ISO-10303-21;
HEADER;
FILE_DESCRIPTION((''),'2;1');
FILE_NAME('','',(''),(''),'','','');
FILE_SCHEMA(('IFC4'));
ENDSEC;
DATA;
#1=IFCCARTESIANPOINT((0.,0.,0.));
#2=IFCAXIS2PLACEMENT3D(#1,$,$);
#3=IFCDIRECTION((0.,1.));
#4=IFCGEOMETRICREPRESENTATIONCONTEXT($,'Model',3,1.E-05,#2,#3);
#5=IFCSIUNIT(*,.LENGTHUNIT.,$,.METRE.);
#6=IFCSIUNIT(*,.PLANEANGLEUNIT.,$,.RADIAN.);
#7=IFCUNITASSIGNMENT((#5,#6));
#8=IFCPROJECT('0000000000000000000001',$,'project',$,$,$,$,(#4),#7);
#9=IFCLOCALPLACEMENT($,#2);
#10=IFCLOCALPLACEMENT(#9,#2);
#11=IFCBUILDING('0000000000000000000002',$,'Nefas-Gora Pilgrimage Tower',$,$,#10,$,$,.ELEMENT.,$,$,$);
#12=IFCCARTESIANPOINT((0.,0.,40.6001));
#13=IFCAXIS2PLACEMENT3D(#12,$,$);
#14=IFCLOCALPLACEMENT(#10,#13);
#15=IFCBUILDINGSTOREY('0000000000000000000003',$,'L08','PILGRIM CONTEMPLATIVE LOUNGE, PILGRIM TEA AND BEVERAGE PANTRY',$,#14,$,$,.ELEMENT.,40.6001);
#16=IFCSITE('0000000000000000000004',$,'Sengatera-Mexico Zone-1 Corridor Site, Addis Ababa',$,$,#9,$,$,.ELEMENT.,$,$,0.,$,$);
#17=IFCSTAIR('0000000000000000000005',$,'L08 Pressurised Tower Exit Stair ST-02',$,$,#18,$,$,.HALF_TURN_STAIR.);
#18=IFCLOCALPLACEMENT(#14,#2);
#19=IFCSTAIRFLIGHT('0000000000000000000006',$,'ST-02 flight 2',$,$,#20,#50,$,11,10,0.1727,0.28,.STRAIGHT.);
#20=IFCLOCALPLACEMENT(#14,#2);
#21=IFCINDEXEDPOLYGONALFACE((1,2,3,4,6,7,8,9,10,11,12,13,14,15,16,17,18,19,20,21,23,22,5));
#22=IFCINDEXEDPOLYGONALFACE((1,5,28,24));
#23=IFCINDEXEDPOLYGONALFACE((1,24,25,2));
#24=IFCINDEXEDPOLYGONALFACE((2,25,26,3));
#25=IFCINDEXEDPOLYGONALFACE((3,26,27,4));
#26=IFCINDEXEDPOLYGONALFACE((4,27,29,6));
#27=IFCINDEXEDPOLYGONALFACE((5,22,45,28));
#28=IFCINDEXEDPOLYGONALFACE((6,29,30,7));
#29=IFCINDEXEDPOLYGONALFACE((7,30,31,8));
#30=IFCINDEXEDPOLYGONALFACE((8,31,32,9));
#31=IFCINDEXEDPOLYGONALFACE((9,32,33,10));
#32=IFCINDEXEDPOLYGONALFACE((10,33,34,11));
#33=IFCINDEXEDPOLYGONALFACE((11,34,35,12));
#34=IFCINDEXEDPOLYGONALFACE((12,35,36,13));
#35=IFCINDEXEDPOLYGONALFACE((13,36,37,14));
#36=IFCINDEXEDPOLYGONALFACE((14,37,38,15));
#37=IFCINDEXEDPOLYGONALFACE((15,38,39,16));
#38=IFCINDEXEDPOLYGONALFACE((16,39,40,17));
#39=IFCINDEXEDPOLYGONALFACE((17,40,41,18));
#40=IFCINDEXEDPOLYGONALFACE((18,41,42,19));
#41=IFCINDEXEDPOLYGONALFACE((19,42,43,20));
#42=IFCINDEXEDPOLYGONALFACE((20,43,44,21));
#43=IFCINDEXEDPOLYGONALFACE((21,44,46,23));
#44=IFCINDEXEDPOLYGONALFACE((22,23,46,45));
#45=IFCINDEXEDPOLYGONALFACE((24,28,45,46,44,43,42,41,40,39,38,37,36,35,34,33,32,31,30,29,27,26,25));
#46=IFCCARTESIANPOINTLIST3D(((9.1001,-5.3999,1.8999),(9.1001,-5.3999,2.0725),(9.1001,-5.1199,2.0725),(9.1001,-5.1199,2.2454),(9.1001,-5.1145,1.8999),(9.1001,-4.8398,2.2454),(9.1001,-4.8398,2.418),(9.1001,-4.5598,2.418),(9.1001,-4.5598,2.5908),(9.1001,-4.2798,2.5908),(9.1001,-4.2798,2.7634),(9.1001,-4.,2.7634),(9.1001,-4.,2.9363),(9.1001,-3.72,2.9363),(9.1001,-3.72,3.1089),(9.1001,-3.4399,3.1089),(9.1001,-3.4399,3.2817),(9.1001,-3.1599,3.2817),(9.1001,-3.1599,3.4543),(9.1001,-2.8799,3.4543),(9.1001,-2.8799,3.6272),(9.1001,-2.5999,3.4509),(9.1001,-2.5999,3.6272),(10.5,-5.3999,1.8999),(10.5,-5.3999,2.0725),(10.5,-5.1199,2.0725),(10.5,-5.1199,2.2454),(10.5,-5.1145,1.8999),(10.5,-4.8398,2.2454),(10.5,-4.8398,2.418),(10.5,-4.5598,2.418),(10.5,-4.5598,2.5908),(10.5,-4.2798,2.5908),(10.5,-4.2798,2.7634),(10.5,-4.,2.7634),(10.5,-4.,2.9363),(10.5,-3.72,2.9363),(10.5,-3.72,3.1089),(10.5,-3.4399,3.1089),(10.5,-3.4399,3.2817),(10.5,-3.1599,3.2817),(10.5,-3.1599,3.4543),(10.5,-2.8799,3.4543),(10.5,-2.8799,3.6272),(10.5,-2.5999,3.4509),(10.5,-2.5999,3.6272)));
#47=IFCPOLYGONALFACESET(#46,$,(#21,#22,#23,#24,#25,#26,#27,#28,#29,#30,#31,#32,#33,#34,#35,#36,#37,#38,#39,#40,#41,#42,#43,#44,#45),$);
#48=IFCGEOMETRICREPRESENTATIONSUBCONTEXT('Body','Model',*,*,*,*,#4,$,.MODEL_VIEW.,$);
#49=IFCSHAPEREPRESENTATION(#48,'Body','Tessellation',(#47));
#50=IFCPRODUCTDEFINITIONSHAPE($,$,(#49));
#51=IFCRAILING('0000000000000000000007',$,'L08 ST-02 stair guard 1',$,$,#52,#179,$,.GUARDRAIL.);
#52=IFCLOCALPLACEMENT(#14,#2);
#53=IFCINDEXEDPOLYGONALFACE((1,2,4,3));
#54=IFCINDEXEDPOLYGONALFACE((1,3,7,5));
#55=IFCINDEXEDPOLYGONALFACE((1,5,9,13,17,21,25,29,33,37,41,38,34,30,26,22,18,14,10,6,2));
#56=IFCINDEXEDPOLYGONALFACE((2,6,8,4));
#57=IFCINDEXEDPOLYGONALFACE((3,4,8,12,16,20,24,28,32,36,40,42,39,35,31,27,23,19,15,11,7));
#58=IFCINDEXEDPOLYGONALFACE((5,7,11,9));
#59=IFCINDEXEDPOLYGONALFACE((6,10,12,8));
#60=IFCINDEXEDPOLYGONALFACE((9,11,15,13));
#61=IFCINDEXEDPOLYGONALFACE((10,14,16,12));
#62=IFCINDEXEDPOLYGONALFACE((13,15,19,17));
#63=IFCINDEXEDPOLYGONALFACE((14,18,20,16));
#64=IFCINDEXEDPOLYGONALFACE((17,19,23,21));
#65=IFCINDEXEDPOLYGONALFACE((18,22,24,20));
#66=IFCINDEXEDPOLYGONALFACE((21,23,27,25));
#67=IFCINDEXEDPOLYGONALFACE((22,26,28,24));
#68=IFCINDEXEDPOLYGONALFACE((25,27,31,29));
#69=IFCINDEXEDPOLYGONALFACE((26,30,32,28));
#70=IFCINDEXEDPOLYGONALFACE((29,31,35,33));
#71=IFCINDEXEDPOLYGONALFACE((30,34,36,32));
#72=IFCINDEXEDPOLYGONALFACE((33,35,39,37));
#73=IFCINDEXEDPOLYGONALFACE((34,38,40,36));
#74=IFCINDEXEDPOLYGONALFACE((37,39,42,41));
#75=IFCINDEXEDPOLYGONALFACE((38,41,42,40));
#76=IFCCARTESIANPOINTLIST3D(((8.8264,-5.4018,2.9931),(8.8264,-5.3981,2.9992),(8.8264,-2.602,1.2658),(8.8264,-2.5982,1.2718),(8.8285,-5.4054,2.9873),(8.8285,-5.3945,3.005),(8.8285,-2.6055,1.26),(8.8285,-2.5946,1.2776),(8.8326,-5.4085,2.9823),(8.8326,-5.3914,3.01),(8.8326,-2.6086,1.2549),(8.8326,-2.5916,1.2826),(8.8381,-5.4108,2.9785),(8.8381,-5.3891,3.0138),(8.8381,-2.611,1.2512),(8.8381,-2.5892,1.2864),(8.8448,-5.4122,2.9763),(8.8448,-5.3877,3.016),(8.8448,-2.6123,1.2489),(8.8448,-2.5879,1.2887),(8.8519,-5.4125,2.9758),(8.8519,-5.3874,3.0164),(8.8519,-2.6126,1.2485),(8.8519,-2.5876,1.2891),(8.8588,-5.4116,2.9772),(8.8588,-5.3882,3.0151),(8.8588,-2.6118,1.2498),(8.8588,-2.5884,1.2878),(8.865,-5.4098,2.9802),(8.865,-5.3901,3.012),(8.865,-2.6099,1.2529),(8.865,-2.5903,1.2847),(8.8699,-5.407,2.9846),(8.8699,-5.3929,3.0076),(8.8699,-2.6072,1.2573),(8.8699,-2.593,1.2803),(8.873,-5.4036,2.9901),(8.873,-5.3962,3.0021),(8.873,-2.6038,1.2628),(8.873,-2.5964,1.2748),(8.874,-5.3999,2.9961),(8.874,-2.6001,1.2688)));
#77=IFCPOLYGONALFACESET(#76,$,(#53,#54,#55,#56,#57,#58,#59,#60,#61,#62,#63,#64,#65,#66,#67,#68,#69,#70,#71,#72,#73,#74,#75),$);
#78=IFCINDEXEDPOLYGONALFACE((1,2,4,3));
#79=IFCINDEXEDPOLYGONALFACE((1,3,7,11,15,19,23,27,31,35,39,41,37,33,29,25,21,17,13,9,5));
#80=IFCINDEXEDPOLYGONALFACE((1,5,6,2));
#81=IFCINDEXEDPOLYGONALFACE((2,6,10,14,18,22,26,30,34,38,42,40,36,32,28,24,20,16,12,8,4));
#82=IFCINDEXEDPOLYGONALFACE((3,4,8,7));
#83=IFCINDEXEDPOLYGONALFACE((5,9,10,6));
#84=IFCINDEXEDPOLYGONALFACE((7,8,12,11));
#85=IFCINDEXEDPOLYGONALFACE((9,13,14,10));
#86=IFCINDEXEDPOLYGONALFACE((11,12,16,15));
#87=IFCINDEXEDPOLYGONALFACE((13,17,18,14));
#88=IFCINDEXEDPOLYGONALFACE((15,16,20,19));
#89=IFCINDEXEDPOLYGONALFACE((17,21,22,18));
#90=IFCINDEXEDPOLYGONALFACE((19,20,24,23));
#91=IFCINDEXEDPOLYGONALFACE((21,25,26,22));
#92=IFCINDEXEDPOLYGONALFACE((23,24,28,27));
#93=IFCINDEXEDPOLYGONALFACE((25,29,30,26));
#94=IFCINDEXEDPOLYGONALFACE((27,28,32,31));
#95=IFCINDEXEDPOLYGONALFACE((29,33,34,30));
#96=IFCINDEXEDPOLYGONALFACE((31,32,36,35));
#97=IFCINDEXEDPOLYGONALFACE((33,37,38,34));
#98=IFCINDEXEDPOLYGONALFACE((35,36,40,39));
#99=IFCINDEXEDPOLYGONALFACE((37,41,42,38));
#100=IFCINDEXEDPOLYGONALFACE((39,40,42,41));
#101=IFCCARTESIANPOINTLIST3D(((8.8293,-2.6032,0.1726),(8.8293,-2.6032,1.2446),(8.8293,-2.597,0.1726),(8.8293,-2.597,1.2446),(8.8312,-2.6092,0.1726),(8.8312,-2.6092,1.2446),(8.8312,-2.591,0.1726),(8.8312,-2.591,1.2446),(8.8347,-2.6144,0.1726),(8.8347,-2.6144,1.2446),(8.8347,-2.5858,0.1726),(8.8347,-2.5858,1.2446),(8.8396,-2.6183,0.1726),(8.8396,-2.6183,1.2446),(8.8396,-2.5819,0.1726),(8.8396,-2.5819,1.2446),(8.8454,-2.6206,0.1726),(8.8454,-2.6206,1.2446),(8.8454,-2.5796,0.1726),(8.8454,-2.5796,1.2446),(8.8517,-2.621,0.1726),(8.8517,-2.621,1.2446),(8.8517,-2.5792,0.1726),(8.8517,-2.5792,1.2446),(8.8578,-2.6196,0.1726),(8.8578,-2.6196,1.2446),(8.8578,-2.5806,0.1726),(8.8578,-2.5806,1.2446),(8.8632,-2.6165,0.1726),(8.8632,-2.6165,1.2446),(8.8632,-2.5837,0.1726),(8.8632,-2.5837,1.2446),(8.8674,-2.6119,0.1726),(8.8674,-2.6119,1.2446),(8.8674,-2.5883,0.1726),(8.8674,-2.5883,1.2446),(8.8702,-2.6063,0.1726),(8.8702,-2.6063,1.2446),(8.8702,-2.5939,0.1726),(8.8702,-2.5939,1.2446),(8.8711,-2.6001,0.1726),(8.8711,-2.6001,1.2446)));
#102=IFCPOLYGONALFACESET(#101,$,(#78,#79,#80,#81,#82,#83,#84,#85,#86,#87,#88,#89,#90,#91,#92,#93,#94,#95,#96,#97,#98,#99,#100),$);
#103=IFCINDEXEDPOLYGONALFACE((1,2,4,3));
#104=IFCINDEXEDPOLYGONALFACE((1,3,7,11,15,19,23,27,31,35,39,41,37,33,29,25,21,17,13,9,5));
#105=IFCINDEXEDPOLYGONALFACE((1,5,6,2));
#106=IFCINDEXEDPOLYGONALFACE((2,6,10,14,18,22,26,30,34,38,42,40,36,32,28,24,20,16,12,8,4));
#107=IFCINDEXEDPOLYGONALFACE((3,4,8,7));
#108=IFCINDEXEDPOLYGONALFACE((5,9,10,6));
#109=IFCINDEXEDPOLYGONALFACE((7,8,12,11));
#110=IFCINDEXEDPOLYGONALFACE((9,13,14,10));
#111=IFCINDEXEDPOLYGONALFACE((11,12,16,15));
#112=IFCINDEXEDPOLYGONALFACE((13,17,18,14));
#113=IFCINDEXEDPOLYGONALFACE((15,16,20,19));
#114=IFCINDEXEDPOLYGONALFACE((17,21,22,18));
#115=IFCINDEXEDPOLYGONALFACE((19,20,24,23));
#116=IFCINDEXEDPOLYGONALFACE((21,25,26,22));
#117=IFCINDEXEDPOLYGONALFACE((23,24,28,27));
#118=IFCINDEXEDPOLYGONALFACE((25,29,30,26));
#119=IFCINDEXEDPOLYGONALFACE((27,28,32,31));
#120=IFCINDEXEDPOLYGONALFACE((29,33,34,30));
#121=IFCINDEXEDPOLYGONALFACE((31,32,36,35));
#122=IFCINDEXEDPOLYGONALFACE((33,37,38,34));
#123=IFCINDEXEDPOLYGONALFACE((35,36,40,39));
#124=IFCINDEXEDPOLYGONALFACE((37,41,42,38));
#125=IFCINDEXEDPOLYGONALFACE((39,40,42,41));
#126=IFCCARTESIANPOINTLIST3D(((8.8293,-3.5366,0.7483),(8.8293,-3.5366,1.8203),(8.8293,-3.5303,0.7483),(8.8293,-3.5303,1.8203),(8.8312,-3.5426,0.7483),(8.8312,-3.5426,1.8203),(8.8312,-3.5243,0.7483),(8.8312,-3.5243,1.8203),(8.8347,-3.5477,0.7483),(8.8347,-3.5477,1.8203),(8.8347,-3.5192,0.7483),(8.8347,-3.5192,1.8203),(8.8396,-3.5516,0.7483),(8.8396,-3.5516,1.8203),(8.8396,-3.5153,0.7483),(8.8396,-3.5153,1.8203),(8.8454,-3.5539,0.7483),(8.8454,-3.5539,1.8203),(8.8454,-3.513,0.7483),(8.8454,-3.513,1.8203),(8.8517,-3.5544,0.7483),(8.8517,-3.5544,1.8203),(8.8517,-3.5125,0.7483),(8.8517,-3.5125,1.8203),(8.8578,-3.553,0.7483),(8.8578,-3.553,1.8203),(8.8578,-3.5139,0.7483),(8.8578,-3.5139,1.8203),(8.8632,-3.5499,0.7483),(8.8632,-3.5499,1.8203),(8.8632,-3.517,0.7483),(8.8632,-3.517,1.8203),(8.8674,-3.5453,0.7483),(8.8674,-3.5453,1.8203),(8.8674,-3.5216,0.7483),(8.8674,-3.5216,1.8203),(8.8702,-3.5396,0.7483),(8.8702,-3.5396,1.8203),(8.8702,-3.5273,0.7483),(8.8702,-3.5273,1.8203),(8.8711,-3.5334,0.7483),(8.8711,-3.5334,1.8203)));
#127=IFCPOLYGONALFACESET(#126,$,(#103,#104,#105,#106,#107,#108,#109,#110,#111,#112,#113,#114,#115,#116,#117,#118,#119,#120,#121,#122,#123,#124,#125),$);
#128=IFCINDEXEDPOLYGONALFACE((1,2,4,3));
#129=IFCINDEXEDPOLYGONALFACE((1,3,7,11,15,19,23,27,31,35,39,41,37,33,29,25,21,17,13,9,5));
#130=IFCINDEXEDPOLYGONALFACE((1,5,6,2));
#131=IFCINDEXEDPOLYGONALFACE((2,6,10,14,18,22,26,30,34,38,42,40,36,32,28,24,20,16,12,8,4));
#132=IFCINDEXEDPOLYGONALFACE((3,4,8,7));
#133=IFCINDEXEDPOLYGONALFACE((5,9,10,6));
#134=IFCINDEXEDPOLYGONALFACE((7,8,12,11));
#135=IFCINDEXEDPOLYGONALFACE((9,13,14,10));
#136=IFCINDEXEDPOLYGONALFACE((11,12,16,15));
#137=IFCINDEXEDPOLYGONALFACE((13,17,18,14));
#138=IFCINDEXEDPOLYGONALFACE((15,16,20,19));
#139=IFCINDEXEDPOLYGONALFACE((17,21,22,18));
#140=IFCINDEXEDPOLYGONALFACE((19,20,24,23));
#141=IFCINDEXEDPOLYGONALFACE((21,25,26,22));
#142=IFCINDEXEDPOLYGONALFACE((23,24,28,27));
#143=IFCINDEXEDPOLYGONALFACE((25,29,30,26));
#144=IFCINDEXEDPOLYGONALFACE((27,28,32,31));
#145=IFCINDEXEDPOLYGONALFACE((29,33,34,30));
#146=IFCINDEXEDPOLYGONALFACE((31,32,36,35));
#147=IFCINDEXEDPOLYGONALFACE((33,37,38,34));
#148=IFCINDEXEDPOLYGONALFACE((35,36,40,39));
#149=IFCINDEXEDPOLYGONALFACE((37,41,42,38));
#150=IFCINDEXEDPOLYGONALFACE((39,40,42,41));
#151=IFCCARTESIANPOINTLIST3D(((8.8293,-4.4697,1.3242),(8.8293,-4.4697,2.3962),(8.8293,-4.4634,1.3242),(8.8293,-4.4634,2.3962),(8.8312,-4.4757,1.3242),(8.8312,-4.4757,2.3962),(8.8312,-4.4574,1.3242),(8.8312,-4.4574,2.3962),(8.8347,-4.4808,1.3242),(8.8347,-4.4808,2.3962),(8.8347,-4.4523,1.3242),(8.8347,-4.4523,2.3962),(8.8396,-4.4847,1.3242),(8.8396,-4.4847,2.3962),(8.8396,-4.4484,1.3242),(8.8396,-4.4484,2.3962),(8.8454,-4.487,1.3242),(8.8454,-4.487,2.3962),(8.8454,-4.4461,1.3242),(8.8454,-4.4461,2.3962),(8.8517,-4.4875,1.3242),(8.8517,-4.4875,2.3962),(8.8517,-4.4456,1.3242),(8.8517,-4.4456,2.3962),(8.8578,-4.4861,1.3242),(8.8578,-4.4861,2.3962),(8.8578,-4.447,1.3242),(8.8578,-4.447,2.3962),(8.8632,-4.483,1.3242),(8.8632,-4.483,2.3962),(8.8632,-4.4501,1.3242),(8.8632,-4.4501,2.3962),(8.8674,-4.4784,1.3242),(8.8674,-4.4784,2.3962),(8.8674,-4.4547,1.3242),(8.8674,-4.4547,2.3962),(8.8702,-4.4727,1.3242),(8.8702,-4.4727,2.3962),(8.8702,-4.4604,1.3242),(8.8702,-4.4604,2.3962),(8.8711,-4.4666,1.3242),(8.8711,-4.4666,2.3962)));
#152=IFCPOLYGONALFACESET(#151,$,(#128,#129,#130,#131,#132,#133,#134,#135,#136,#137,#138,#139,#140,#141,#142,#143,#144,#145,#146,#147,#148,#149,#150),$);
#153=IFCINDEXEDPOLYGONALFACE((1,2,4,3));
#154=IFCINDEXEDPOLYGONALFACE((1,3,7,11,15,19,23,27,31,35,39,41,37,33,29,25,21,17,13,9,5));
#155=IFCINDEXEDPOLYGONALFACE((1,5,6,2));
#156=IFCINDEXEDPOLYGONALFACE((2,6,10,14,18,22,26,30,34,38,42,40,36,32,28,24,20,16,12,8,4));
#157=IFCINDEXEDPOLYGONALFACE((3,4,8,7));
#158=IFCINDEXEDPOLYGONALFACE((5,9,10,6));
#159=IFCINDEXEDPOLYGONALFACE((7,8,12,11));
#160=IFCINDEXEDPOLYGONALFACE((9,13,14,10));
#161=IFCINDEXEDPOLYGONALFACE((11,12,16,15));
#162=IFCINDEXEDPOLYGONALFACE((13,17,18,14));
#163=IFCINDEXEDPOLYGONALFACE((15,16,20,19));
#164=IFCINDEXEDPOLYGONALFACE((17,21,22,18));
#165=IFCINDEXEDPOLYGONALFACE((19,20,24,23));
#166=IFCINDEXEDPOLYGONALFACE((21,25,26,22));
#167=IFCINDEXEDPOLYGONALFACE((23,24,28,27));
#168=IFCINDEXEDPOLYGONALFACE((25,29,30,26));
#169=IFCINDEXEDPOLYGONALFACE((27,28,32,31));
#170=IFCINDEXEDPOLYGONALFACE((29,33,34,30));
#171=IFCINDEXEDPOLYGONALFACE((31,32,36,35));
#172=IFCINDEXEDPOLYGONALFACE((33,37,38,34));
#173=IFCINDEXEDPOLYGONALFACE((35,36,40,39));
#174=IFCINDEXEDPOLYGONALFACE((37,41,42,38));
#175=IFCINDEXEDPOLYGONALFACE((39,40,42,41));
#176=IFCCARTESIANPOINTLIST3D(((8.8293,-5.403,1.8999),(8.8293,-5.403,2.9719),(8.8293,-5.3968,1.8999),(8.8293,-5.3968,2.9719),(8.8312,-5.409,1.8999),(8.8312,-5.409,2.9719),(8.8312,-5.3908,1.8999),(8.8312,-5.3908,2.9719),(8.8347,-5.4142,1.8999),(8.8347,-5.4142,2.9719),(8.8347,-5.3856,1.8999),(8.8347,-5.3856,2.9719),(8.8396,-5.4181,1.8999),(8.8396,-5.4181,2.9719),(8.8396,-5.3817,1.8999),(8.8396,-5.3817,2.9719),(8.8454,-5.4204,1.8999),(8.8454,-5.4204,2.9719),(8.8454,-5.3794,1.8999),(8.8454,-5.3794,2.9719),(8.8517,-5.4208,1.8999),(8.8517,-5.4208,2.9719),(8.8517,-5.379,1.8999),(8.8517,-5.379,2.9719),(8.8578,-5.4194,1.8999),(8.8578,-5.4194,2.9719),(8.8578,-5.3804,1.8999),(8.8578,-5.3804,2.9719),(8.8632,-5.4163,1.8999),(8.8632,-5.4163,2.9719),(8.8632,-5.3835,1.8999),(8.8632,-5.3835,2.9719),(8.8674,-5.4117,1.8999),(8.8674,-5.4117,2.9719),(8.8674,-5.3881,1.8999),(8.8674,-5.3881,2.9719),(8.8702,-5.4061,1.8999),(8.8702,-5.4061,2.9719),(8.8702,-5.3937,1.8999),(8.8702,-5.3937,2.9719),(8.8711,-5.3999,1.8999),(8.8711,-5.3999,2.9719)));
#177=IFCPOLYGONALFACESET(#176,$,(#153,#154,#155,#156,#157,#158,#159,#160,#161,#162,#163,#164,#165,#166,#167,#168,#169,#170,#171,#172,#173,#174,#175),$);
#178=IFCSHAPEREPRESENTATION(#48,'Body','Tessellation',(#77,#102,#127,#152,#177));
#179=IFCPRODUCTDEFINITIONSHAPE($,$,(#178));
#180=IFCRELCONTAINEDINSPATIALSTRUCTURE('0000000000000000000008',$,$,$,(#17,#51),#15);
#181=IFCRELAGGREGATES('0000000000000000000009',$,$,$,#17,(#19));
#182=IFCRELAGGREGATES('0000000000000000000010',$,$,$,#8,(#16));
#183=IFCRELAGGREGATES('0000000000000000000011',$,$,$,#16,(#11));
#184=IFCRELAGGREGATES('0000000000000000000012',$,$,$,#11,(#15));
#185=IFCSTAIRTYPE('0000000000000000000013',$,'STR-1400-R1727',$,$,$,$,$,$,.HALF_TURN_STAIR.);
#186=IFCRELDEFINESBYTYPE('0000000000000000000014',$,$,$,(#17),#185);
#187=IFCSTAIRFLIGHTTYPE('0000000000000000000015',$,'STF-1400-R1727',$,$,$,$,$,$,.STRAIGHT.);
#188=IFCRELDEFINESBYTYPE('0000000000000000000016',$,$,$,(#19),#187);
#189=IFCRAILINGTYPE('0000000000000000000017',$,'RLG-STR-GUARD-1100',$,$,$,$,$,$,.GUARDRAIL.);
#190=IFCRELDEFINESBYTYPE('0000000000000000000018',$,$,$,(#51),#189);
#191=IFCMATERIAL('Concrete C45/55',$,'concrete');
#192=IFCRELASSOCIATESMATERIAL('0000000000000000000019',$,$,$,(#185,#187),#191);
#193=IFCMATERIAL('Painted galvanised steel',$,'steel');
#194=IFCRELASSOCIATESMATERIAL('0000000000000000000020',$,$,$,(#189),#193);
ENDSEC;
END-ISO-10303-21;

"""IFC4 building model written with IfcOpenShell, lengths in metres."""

from ifc_helpers import new_model, si_unit, direction, frame, origin, origin_2d, place, context, subcontext, project, spatial, polyline, circle, outline, extrude, source, transform, mapped, material, type_object, element, aggregate, save


model = new_model("IFC4")

# Units and contexts
model_context = context("Model", 3, precision=1e-05, world=origin(), true_north=direction((0.0, 1.0)))
body_context = subcontext(model_context, "Body", "Model", "MODEL_VIEW")
ifc_project = project(units=[si_unit("LENGTHUNIT", "METRE"), si_unit("PLANEANGLEUNIT", "RADIAN")], contexts=[model_context])

# Site, building, storey
site_placement = place(None, origin())
site = spatial("IfcSite", under=ifc_project, at=site_placement, Name="Sengatera-Mexico Zone-1 Corridor Site, Addis Ababa", CompositionType="ELEMENT", RefElevation=0.0)
building_placement = place(site_placement, origin())
building = spatial("IfcBuilding", under=site, at=building_placement, Name="Nefas-Gora Pilgrimage Tower", CompositionType="ELEMENT")
storey_placement = place(building_placement, frame((0.0, 0.0, 40.6001)))
storey = spatial("IfcBuildingStorey", under=building, at=storey_placement, Name="L08", Description="PILGRIM CONTEMPLATIVE LOUNGE, PILGRIM TEA AND BEVERAGE PANTRY", CompositionType="ELEMENT", Elevation=40.6001)

# Shared definitions
ifc_material_1 = material(Name="Concrete C45/55", Category="concrete")

# Stair, stair flight
stair_type = type_object("IfcStairType", Name="STR-1400-R1727", PredefinedType="HALF_TURN_STAIR", material=ifc_material_1)
stair_placement = place(storey_placement, origin())
stair = element("IfcStair", 1, at=stair_placement, inside=storey, type_object=stair_type, Name="L08 Pressurised Tower Exit Stair ST-02", PredefinedType="HALF_TURN_STAIR")
stair_flight_type = type_object("IfcStairFlightType", Name="STF-1400-R1727", PredefinedType="STRAIGHT", material=ifc_material_1)
shared_shape_1 = source(origin(), body_context, "Body", "SweptSolid", [
    extrude(outline(polyline([(0.0, 0.0), (0.0, 0.1726), (0.28, 0.1726), (0.28, 0.3455), (0.5601, 0.3455), (0.5601, 0.5181), (0.8401, 0.5181), (0.8401, 0.6909), (1.1201, 0.6909), (1.1201, 0.8635), (1.3999, 0.8635), (1.3999, 1.0364), (1.6799, 1.0364), (1.6799, 1.209), (1.96, 1.209), (1.96, 1.3818), (2.24, 1.3818), (2.24, 1.5544), (2.52, 1.5544), (2.52, 1.7273), (2.8, 1.7273), (2.8, 1.8999), (2.8, 1.551), (0.2854, 0.0), (0.0, 0.0)])), frame((0.0, 0.7, 0.0), z_axis=(0.0, -1.0, 0.0), x_axis=(1.0, 0.0, 0.0)), (0.0, 0.0, 1.0), 1.3999),
])
stair_flight_1_placement = place(storey_placement, frame((9.8, -5.3999, 1.8999), z_axis=(0.0, 0.0, 1.0), x_axis=(0.0, 1.0, 0.0)))
stair_flight_1 = element("IfcStairFlight", 2, at=stair_flight_1_placement, type_object=stair_flight_type, Name="ST-02 flight 2", NumberOfRisers=11, NumberOfTreads=10, PredefinedType="STRAIGHT", RiserHeight=0.1727, TreadLength=0.28, context=body_context, shape_type="MappedRepresentation", body=[
    mapped(shared_shape_1, transform((0.0, 0.0, 0.0), x_axis=(1.0, 0.0, 0.0), y_axis=(0.0, 1.0, 0.0), z_axis=(0.0, 0.0, 1.0), scale=1.0)),
])
aggregate(stair, [stair_flight_1])

# Railing
ifc_material_2 = material(Name="Painted galvanised steel", Category="steel")
railing_type_1 = type_object("IfcRailingType", Name="RLG-STR-GUARD-1100", PredefinedType="GUARDRAIL", material=ifc_material_2)
railing_1_placement = place(storey_placement, frame((8.8501, -2.6001, 0.1726)))
element("IfcRailing", 3, at=railing_1_placement, inside=storey, type_object=railing_type_1, Name="L08 ST-02 stair guard 1", PredefinedType="GUARDRAIL", context=body_context, shape_type="SweptSolid", body=[
    extrude(circle(Radius=0.0239, at=origin_2d()), frame((0.0, 0.0, 1.0962), z_axis=(0.0, -0.851069, 0.525054), x_axis=(1.0, 0.0, 0.0)), (0.0, 0.0, 1.0), 3.2898),
    extrude(circle(Radius=0.021, at=origin_2d()), origin(), (0.0, 0.0, 1.0), 1.072),
    extrude(circle(Radius=0.021, at=origin_2d()), frame((0.0, -0.9333, 0.5757)), (0.0, 0.0, 1.0), 1.072),
    extrude(circle(Radius=0.021, at=origin_2d()), frame((0.0, -1.8665, 1.1516)), (0.0, 0.0, 1.0), 1.072),
    extrude(circle(Radius=0.021, at=origin_2d()), frame((0.0, -2.7998, 1.7273)), (0.0, 0.0, 1.0), 1.072),
])

save(model, "model.ifc")
